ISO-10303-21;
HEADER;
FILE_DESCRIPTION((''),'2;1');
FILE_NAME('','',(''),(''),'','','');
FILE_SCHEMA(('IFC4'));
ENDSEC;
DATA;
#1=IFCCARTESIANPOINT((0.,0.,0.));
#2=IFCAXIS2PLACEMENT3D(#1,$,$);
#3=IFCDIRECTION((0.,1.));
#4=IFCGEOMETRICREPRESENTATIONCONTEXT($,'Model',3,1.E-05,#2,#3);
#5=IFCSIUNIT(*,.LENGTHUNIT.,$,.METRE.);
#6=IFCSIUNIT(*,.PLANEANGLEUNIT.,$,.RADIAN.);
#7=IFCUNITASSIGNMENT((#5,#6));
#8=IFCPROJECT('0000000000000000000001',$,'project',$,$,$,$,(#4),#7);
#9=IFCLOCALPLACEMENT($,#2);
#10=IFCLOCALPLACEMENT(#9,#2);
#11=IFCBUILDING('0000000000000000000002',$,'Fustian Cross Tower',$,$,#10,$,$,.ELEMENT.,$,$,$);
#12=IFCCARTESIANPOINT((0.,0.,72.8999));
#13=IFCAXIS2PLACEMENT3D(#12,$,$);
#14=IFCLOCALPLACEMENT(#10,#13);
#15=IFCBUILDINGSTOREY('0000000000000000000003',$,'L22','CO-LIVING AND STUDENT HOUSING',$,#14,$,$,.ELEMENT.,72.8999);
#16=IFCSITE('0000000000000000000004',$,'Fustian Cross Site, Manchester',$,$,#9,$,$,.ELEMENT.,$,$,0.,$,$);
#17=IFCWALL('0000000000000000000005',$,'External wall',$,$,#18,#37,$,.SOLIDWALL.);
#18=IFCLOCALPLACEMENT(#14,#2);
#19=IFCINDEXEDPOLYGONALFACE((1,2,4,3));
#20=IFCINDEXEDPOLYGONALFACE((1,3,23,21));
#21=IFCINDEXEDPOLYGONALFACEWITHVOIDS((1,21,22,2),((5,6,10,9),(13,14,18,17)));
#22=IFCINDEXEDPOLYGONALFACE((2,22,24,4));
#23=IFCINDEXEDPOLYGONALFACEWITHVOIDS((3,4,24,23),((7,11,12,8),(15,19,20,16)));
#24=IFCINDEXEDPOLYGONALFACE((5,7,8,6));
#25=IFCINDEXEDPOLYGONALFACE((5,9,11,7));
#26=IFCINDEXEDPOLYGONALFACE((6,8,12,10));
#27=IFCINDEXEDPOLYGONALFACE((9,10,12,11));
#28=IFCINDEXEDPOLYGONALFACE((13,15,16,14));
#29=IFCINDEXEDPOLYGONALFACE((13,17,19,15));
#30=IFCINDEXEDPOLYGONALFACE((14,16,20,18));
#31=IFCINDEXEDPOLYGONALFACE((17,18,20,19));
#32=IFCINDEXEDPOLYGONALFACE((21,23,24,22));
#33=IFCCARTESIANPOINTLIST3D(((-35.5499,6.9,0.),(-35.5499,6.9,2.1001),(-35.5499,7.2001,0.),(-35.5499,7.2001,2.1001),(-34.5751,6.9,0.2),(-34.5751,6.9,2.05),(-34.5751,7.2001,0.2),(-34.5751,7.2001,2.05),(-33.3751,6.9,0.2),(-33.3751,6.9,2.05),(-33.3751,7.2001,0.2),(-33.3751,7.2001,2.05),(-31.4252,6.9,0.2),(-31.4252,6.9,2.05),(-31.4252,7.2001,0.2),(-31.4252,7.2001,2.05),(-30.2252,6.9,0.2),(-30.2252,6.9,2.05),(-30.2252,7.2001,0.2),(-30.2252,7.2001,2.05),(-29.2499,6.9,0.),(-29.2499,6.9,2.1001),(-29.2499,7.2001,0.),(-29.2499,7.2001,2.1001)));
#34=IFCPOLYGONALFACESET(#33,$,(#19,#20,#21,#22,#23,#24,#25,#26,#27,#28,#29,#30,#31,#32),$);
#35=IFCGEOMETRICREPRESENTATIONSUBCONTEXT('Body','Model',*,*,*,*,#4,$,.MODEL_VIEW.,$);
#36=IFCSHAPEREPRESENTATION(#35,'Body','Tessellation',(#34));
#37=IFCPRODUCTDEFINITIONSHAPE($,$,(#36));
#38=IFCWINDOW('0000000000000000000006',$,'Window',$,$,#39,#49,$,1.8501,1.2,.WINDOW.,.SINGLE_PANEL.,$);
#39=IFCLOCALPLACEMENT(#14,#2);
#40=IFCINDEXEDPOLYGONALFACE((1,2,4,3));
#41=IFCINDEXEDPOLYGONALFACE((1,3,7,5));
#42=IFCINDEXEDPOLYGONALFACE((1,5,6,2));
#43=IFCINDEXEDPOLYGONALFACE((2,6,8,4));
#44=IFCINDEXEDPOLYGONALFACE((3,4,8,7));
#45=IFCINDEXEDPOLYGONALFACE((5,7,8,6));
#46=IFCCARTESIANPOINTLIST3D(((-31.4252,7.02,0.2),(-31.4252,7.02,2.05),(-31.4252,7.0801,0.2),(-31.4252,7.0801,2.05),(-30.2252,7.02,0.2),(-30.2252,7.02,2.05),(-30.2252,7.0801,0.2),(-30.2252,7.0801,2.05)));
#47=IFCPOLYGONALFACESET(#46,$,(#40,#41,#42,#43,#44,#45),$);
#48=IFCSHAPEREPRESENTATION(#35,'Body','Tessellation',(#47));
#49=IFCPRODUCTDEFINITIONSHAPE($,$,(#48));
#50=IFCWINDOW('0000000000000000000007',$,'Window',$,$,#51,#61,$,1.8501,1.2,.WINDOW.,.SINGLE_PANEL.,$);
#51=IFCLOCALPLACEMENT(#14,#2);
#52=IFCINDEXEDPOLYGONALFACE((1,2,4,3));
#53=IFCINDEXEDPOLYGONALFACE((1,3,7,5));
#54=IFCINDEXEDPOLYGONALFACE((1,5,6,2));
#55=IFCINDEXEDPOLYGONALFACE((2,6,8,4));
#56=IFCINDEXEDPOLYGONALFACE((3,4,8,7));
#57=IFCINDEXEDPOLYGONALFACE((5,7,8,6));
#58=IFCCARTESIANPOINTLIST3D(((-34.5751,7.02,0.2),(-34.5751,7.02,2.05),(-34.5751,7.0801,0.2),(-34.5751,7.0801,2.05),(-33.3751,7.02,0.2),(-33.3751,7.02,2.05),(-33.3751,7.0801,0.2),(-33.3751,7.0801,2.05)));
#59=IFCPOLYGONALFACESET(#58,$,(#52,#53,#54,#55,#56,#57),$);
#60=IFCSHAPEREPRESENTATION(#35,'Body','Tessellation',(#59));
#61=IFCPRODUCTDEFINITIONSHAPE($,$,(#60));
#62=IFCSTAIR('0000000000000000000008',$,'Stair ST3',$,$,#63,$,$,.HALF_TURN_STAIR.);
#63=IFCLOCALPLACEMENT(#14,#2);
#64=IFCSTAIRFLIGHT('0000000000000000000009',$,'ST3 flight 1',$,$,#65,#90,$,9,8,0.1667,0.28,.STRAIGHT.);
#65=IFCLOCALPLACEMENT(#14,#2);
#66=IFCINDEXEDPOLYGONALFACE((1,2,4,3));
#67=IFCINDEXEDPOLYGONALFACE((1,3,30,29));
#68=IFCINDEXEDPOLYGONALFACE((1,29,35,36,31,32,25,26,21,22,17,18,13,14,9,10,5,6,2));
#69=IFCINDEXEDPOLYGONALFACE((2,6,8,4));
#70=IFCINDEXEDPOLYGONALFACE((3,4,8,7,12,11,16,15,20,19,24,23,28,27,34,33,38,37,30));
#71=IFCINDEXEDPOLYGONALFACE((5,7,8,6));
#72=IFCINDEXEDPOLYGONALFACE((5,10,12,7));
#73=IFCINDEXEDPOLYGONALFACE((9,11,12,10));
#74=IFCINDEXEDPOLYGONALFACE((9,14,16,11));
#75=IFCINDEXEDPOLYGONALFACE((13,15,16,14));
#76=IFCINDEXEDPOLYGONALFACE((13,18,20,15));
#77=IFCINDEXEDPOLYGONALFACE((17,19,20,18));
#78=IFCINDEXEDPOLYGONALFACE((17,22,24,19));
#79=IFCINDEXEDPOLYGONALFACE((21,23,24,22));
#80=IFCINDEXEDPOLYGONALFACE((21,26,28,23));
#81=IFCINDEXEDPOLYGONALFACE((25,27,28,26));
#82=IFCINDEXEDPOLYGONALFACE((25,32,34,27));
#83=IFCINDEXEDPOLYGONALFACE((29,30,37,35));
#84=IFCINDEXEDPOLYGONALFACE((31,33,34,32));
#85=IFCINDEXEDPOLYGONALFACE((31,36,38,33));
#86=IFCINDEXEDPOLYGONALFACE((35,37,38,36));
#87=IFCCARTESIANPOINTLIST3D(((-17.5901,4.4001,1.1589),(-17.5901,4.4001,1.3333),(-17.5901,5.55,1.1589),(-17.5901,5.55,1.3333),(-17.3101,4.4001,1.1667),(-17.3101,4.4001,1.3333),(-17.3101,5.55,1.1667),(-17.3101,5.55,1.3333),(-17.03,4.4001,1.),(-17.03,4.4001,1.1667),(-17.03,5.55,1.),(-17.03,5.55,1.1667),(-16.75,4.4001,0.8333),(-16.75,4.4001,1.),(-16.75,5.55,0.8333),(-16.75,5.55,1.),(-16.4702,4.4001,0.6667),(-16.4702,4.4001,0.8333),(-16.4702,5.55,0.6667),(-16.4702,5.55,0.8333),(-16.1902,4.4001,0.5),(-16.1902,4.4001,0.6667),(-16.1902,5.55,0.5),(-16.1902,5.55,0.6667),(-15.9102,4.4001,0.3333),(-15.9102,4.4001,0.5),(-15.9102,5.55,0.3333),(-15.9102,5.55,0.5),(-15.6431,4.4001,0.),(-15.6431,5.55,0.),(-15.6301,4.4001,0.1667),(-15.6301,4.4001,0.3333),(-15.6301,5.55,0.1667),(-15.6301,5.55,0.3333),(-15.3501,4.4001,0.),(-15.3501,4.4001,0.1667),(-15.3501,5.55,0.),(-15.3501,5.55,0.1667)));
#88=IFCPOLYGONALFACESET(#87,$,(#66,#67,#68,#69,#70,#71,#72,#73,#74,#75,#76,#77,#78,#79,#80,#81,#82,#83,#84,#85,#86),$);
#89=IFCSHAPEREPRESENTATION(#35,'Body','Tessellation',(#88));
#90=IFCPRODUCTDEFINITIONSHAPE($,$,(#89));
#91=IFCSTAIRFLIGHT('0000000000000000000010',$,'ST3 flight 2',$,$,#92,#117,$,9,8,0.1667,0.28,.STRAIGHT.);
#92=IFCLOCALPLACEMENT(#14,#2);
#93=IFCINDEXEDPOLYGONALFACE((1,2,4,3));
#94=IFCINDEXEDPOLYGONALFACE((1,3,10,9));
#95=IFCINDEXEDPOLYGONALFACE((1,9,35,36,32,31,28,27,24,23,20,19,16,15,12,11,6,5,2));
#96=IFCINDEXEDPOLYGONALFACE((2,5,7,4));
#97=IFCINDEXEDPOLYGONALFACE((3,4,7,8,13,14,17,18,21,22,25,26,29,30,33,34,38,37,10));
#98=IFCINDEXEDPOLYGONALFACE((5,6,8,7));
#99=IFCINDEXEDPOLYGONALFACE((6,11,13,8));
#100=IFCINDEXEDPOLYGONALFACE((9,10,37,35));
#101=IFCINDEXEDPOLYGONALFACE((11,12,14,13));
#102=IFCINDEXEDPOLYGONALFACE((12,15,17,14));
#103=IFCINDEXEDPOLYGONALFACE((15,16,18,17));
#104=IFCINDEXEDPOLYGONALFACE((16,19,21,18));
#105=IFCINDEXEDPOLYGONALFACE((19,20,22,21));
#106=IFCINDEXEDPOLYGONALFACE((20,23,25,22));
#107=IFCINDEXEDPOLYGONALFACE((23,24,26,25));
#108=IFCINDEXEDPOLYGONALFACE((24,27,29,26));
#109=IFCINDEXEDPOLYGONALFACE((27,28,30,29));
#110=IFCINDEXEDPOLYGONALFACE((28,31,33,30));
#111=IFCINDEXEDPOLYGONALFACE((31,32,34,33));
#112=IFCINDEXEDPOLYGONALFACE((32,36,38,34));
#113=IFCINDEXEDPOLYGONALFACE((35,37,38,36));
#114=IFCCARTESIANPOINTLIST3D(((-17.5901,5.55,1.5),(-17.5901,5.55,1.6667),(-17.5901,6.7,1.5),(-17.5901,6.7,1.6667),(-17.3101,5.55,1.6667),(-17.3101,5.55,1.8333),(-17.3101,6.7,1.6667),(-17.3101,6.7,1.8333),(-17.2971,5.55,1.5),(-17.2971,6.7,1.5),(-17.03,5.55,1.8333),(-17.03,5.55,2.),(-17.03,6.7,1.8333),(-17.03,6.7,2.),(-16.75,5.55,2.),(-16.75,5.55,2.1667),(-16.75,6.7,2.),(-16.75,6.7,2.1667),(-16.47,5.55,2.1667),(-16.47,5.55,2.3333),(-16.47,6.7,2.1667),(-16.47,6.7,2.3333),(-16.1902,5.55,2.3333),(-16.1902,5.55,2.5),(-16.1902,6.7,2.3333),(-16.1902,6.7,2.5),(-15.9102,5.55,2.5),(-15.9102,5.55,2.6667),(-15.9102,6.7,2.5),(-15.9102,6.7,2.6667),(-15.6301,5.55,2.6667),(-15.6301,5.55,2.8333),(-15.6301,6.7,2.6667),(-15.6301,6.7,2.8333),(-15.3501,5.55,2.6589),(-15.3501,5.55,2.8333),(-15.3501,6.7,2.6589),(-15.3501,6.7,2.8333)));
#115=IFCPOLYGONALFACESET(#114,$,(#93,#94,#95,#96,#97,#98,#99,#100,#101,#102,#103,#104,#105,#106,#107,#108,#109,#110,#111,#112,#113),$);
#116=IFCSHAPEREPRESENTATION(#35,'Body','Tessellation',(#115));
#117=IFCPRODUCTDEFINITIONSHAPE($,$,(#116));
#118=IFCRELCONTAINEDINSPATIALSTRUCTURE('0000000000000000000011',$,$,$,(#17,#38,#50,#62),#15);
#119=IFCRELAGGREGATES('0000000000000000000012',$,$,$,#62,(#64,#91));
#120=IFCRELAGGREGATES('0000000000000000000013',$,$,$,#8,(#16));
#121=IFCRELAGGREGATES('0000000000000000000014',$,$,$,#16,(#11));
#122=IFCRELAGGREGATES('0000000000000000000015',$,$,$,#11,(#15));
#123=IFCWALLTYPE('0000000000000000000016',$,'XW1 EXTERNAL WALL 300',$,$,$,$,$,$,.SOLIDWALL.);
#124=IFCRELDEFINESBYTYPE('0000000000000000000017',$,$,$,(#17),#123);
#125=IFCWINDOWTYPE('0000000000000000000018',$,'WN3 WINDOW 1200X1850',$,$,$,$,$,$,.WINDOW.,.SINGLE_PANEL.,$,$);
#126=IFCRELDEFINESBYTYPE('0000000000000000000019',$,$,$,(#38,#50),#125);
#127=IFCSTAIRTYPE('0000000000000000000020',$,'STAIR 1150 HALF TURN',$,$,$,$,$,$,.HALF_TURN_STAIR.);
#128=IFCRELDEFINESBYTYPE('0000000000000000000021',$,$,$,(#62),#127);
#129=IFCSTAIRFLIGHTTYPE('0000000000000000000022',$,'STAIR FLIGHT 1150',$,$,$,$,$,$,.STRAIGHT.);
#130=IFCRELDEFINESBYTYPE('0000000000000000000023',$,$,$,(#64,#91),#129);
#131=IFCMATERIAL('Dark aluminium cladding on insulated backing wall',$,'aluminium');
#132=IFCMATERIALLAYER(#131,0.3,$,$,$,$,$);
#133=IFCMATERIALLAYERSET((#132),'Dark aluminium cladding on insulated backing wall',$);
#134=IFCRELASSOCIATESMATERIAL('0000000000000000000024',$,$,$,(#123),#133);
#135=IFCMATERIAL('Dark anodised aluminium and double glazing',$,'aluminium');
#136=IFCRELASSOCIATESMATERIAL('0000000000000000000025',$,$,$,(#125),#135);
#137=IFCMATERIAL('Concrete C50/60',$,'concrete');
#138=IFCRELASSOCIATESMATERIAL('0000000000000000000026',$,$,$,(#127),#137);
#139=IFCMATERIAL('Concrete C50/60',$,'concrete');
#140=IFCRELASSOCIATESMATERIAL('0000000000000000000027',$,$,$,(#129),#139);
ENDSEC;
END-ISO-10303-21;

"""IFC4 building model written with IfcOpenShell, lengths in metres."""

from ifc_helpers import new_model, si_unit, direction, frame, frame_2d, origin, place, context, subcontext, project, spatial, polyline, rectangle, outline, extrude, material, layer, layer_set, type_object, element, fill, aggregate, save


model = new_model("IFC4")

# Units and contexts
model_context = context("Model", 3, precision=1e-05, world=origin(), true_north=direction((0.0, 1.0)))
body_context = subcontext(model_context, "Body", "Model", "MODEL_VIEW")
ifc_project = project(units=[si_unit("LENGTHUNIT", "METRE"), si_unit("PLANEANGLEUNIT", "RADIAN")], contexts=[model_context])

# Site, building, storey
site_placement = place(None, origin())
site = spatial("IfcSite", under=ifc_project, at=site_placement, Name="Fustian Cross Site, Manchester", CompositionType="ELEMENT", RefElevation=0.0)
building_placement = place(site_placement, origin())
building = spatial("IfcBuilding", under=site, at=building_placement, Name="Fustian Cross Tower", CompositionType="ELEMENT")
storey_placement = place(building_placement, frame((0.0, 0.0, 72.8999)))
storey = spatial("IfcBuildingStorey", under=building, at=storey_placement, Name="L22", Description="CO-LIVING AND STUDENT HOUSING", CompositionType="ELEMENT", Elevation=72.8999)

# Shared definitions
ifc_material_1 = material(Name="Dark aluminium cladding on insulated backing wall", Category="aluminium")
ifc_layer_1 = layer(ifc_material_1, 0.3)
ifc_layer_set_1 = layer_set([ifc_layer_1], Name="Dark aluminium cladding on insulated backing wall")
wall_type_1 = type_object("IfcWallType", Name="XW1 EXTERNAL WALL 300", PredefinedType="SOLIDWALL", material=ifc_layer_set_1)
ifc_material_2 = material(Name="Dark anodised aluminium and double glazing", Category="aluminium")
window_type = type_object("IfcWindowType", Name="WN3 WINDOW 1200X1850", PartitioningType="SINGLE_PANEL", PredefinedType="WINDOW", material=ifc_material_2)

# Wall, openings, windows
wall_1_placement = place(storey_placement, frame((-29.25, 7.05, 0.0), z_axis=(0.0, 0.0, 1.0), x_axis=(-1.0, 0.0, 0.0)))
wall_1 = element("IfcWall", 1, at=wall_1_placement, inside=storey, type_object=wall_type_1, Name="External wall", PredefinedType="SOLIDWALL", context=body_context, shape_type="SweptSolid", body=[
    extrude(rectangle(XDim=6.3, YDim=0.3, at=frame_2d((3.1499, 0.0))), origin(), (0.0, 0.0, 1.0), 2.1001),
])
opening_1_placement = place(wall_1_placement, frame((0.9751, 0.0, 0.2)))
opening_1 = element("IfcOpeningElement", 2, at=opening_1_placement, cuts=wall_1, PredefinedType="OPENING", context=body_context, shape_type="SweptSolid", body=[
    extrude(rectangle(XDim=1.2, YDim=1.8501, at=frame_2d((0.6001, 0.925))), frame((0.0, 0.1599, 0.0), z_axis=(0.0, -1.0, 0.0), x_axis=(1.0, 0.0, 0.0)), (0.0, 0.0, 1.0), 0.3201),
])
opening_2_placement = place(wall_1_placement, frame((4.125, 0.0, 0.2)))
opening_2 = element("IfcOpeningElement", 3, at=opening_2_placement, cuts=wall_1, PredefinedType="OPENING", context=body_context, shape_type="SweptSolid", body=[
    extrude(rectangle(XDim=1.2, YDim=1.8501, at=frame_2d((0.6001, 0.925))), frame((0.0, 0.1599, 0.0), z_axis=(0.0, -1.0, 0.0), x_axis=(1.0, 0.0, 0.0)), (0.0, 0.0, 1.0), 0.3201),
])
window_1_placement = place(opening_1_placement, origin())
window_1 = element("IfcWindow", 4, at=window_1_placement, inside=storey, type_object=window_type, Name="Window", OverallHeight=1.8501, OverallWidth=1.2, PartitioningType="SINGLE_PANEL", PredefinedType="WINDOW", context=body_context, shape_type="SweptSolid", body=[
    extrude(rectangle(XDim=1.2, YDim=1.8501, at=frame_2d((0.6001, 0.925))), frame((0.0, 0.03, 0.0), z_axis=(0.0, -1.0, 0.0), x_axis=(1.0, 0.0, 0.0)), (0.0, 0.0, 1.0), 0.0601),
])
fill(opening_1, window_1)
window_2_placement = place(opening_2_placement, origin())
window_2 = element("IfcWindow", 5, at=window_2_placement, inside=storey, type_object=window_type, Name="Window", OverallHeight=1.8501, OverallWidth=1.2, PartitioningType="SINGLE_PANEL", PredefinedType="WINDOW", context=body_context, shape_type="SweptSolid", body=[
    extrude(rectangle(XDim=1.2, YDim=1.8501, at=frame_2d((0.6001, 0.925))), frame((0.0, 0.03, 0.0), z_axis=(0.0, -1.0, 0.0), x_axis=(1.0, 0.0, 0.0)), (0.0, 0.0, 1.0), 0.0601),
])
fill(opening_2, window_2)

# Stair, stair flights
ifc_material_3 = material(Name="Concrete C50/60", Category="concrete")
stair_type = type_object("IfcStairType", Name="STAIR 1150 HALF TURN", PredefinedType="HALF_TURN_STAIR", material=ifc_material_3)
stair_placement = place(storey_placement, origin())
stair = element("IfcStair", 6, at=stair_placement, inside=storey, type_object=stair_type, Name="Stair ST3", PredefinedType="HALF_TURN_STAIR")
ifc_material_4 = material(Name="Concrete C50/60", Category="concrete")
stair_flight_type = type_object("IfcStairFlightType", Name="STAIR FLIGHT 1150", PredefinedType="STRAIGHT", material=ifc_material_4)
stair_flight_1_placement = place(storey_placement, frame((-15.3501, 4.9751, 0.0), z_axis=(0.0, 0.0, 1.0), x_axis=(-1.0, 0.0, 0.0)))
stair_flight_1 = element("IfcStairFlight", 7, at=stair_flight_1_placement, type_object=stair_flight_type, Name="ST3 flight 1", NumberOfRisers=9, NumberOfTreads=8, PredefinedType="STRAIGHT", RiserHeight=0.1667, TreadLength=0.28, context=body_context, shape_type="SweptSolid", body=[
    extrude(outline(polyline([(0.0, 0.0), (0.0, 0.1667), (0.28, 0.1667), (0.28, 0.3333), (0.5601, 0.3333), (0.5601, 0.5), (0.8401, 0.5), (0.8401, 0.6667), (1.1201, 0.6667), (1.1201, 0.8333), (1.3999, 0.8333), (1.3999, 1.0), (1.6799, 1.0), (1.6799, 1.1667), (1.96, 1.1667), (1.96, 1.3333), (2.24, 1.3333), (2.24, 1.5), (2.24, 1.1589), (0.293, 0.0), (0.0, 0.0)])), frame((0.0, 0.575, 0.0), z_axis=(0.0, -1.0, 0.0), x_axis=(1.0, 0.0, 0.0)), (0.0, 0.0, 1.0), 1.1499),
])
stair_flight_2_placement = place(storey_placement, frame((-17.5901, 6.125, 1.5), z_axis=(0.0, 0.0, 1.0), x_axis=(1.0, 0.0, 0.0)))
stair_flight_2 = element("IfcStairFlight", 8, at=stair_flight_2_placement, type_object=stair_flight_type, Name="ST3 flight 2", NumberOfRisers=9, NumberOfTreads=8, PredefinedType="STRAIGHT", RiserHeight=0.1667, TreadLength=0.28, context=body_context, shape_type="SweptSolid", body=[
    extrude(outline(polyline([(0.0, 0.0), (0.0, 0.1667), (0.28, 0.1667), (0.28, 0.3333), (0.5601, 0.3333), (0.5601, 0.5), (0.8401, 0.5), (0.8401, 0.6667), (1.1201, 0.6667), (1.1201, 0.8333), (1.3999, 0.8333), (1.3999, 1.0), (1.6799, 1.0), (1.6799, 1.1667), (1.96, 1.1667), (1.96, 1.3333), (2.24, 1.3333), (2.24, 1.5), (2.24, 1.1589), (0.293, 0.0), (0.0, 0.0)])), frame((0.0, 0.575, 0.0), z_axis=(0.0, -1.0, 0.0), x_axis=(1.0, 0.0, 0.0)), (0.0, 0.0, 1.0), 1.1499),
])
aggregate(stair, [stair_flight_1, stair_flight_2])

save(model, "model.ifc")
